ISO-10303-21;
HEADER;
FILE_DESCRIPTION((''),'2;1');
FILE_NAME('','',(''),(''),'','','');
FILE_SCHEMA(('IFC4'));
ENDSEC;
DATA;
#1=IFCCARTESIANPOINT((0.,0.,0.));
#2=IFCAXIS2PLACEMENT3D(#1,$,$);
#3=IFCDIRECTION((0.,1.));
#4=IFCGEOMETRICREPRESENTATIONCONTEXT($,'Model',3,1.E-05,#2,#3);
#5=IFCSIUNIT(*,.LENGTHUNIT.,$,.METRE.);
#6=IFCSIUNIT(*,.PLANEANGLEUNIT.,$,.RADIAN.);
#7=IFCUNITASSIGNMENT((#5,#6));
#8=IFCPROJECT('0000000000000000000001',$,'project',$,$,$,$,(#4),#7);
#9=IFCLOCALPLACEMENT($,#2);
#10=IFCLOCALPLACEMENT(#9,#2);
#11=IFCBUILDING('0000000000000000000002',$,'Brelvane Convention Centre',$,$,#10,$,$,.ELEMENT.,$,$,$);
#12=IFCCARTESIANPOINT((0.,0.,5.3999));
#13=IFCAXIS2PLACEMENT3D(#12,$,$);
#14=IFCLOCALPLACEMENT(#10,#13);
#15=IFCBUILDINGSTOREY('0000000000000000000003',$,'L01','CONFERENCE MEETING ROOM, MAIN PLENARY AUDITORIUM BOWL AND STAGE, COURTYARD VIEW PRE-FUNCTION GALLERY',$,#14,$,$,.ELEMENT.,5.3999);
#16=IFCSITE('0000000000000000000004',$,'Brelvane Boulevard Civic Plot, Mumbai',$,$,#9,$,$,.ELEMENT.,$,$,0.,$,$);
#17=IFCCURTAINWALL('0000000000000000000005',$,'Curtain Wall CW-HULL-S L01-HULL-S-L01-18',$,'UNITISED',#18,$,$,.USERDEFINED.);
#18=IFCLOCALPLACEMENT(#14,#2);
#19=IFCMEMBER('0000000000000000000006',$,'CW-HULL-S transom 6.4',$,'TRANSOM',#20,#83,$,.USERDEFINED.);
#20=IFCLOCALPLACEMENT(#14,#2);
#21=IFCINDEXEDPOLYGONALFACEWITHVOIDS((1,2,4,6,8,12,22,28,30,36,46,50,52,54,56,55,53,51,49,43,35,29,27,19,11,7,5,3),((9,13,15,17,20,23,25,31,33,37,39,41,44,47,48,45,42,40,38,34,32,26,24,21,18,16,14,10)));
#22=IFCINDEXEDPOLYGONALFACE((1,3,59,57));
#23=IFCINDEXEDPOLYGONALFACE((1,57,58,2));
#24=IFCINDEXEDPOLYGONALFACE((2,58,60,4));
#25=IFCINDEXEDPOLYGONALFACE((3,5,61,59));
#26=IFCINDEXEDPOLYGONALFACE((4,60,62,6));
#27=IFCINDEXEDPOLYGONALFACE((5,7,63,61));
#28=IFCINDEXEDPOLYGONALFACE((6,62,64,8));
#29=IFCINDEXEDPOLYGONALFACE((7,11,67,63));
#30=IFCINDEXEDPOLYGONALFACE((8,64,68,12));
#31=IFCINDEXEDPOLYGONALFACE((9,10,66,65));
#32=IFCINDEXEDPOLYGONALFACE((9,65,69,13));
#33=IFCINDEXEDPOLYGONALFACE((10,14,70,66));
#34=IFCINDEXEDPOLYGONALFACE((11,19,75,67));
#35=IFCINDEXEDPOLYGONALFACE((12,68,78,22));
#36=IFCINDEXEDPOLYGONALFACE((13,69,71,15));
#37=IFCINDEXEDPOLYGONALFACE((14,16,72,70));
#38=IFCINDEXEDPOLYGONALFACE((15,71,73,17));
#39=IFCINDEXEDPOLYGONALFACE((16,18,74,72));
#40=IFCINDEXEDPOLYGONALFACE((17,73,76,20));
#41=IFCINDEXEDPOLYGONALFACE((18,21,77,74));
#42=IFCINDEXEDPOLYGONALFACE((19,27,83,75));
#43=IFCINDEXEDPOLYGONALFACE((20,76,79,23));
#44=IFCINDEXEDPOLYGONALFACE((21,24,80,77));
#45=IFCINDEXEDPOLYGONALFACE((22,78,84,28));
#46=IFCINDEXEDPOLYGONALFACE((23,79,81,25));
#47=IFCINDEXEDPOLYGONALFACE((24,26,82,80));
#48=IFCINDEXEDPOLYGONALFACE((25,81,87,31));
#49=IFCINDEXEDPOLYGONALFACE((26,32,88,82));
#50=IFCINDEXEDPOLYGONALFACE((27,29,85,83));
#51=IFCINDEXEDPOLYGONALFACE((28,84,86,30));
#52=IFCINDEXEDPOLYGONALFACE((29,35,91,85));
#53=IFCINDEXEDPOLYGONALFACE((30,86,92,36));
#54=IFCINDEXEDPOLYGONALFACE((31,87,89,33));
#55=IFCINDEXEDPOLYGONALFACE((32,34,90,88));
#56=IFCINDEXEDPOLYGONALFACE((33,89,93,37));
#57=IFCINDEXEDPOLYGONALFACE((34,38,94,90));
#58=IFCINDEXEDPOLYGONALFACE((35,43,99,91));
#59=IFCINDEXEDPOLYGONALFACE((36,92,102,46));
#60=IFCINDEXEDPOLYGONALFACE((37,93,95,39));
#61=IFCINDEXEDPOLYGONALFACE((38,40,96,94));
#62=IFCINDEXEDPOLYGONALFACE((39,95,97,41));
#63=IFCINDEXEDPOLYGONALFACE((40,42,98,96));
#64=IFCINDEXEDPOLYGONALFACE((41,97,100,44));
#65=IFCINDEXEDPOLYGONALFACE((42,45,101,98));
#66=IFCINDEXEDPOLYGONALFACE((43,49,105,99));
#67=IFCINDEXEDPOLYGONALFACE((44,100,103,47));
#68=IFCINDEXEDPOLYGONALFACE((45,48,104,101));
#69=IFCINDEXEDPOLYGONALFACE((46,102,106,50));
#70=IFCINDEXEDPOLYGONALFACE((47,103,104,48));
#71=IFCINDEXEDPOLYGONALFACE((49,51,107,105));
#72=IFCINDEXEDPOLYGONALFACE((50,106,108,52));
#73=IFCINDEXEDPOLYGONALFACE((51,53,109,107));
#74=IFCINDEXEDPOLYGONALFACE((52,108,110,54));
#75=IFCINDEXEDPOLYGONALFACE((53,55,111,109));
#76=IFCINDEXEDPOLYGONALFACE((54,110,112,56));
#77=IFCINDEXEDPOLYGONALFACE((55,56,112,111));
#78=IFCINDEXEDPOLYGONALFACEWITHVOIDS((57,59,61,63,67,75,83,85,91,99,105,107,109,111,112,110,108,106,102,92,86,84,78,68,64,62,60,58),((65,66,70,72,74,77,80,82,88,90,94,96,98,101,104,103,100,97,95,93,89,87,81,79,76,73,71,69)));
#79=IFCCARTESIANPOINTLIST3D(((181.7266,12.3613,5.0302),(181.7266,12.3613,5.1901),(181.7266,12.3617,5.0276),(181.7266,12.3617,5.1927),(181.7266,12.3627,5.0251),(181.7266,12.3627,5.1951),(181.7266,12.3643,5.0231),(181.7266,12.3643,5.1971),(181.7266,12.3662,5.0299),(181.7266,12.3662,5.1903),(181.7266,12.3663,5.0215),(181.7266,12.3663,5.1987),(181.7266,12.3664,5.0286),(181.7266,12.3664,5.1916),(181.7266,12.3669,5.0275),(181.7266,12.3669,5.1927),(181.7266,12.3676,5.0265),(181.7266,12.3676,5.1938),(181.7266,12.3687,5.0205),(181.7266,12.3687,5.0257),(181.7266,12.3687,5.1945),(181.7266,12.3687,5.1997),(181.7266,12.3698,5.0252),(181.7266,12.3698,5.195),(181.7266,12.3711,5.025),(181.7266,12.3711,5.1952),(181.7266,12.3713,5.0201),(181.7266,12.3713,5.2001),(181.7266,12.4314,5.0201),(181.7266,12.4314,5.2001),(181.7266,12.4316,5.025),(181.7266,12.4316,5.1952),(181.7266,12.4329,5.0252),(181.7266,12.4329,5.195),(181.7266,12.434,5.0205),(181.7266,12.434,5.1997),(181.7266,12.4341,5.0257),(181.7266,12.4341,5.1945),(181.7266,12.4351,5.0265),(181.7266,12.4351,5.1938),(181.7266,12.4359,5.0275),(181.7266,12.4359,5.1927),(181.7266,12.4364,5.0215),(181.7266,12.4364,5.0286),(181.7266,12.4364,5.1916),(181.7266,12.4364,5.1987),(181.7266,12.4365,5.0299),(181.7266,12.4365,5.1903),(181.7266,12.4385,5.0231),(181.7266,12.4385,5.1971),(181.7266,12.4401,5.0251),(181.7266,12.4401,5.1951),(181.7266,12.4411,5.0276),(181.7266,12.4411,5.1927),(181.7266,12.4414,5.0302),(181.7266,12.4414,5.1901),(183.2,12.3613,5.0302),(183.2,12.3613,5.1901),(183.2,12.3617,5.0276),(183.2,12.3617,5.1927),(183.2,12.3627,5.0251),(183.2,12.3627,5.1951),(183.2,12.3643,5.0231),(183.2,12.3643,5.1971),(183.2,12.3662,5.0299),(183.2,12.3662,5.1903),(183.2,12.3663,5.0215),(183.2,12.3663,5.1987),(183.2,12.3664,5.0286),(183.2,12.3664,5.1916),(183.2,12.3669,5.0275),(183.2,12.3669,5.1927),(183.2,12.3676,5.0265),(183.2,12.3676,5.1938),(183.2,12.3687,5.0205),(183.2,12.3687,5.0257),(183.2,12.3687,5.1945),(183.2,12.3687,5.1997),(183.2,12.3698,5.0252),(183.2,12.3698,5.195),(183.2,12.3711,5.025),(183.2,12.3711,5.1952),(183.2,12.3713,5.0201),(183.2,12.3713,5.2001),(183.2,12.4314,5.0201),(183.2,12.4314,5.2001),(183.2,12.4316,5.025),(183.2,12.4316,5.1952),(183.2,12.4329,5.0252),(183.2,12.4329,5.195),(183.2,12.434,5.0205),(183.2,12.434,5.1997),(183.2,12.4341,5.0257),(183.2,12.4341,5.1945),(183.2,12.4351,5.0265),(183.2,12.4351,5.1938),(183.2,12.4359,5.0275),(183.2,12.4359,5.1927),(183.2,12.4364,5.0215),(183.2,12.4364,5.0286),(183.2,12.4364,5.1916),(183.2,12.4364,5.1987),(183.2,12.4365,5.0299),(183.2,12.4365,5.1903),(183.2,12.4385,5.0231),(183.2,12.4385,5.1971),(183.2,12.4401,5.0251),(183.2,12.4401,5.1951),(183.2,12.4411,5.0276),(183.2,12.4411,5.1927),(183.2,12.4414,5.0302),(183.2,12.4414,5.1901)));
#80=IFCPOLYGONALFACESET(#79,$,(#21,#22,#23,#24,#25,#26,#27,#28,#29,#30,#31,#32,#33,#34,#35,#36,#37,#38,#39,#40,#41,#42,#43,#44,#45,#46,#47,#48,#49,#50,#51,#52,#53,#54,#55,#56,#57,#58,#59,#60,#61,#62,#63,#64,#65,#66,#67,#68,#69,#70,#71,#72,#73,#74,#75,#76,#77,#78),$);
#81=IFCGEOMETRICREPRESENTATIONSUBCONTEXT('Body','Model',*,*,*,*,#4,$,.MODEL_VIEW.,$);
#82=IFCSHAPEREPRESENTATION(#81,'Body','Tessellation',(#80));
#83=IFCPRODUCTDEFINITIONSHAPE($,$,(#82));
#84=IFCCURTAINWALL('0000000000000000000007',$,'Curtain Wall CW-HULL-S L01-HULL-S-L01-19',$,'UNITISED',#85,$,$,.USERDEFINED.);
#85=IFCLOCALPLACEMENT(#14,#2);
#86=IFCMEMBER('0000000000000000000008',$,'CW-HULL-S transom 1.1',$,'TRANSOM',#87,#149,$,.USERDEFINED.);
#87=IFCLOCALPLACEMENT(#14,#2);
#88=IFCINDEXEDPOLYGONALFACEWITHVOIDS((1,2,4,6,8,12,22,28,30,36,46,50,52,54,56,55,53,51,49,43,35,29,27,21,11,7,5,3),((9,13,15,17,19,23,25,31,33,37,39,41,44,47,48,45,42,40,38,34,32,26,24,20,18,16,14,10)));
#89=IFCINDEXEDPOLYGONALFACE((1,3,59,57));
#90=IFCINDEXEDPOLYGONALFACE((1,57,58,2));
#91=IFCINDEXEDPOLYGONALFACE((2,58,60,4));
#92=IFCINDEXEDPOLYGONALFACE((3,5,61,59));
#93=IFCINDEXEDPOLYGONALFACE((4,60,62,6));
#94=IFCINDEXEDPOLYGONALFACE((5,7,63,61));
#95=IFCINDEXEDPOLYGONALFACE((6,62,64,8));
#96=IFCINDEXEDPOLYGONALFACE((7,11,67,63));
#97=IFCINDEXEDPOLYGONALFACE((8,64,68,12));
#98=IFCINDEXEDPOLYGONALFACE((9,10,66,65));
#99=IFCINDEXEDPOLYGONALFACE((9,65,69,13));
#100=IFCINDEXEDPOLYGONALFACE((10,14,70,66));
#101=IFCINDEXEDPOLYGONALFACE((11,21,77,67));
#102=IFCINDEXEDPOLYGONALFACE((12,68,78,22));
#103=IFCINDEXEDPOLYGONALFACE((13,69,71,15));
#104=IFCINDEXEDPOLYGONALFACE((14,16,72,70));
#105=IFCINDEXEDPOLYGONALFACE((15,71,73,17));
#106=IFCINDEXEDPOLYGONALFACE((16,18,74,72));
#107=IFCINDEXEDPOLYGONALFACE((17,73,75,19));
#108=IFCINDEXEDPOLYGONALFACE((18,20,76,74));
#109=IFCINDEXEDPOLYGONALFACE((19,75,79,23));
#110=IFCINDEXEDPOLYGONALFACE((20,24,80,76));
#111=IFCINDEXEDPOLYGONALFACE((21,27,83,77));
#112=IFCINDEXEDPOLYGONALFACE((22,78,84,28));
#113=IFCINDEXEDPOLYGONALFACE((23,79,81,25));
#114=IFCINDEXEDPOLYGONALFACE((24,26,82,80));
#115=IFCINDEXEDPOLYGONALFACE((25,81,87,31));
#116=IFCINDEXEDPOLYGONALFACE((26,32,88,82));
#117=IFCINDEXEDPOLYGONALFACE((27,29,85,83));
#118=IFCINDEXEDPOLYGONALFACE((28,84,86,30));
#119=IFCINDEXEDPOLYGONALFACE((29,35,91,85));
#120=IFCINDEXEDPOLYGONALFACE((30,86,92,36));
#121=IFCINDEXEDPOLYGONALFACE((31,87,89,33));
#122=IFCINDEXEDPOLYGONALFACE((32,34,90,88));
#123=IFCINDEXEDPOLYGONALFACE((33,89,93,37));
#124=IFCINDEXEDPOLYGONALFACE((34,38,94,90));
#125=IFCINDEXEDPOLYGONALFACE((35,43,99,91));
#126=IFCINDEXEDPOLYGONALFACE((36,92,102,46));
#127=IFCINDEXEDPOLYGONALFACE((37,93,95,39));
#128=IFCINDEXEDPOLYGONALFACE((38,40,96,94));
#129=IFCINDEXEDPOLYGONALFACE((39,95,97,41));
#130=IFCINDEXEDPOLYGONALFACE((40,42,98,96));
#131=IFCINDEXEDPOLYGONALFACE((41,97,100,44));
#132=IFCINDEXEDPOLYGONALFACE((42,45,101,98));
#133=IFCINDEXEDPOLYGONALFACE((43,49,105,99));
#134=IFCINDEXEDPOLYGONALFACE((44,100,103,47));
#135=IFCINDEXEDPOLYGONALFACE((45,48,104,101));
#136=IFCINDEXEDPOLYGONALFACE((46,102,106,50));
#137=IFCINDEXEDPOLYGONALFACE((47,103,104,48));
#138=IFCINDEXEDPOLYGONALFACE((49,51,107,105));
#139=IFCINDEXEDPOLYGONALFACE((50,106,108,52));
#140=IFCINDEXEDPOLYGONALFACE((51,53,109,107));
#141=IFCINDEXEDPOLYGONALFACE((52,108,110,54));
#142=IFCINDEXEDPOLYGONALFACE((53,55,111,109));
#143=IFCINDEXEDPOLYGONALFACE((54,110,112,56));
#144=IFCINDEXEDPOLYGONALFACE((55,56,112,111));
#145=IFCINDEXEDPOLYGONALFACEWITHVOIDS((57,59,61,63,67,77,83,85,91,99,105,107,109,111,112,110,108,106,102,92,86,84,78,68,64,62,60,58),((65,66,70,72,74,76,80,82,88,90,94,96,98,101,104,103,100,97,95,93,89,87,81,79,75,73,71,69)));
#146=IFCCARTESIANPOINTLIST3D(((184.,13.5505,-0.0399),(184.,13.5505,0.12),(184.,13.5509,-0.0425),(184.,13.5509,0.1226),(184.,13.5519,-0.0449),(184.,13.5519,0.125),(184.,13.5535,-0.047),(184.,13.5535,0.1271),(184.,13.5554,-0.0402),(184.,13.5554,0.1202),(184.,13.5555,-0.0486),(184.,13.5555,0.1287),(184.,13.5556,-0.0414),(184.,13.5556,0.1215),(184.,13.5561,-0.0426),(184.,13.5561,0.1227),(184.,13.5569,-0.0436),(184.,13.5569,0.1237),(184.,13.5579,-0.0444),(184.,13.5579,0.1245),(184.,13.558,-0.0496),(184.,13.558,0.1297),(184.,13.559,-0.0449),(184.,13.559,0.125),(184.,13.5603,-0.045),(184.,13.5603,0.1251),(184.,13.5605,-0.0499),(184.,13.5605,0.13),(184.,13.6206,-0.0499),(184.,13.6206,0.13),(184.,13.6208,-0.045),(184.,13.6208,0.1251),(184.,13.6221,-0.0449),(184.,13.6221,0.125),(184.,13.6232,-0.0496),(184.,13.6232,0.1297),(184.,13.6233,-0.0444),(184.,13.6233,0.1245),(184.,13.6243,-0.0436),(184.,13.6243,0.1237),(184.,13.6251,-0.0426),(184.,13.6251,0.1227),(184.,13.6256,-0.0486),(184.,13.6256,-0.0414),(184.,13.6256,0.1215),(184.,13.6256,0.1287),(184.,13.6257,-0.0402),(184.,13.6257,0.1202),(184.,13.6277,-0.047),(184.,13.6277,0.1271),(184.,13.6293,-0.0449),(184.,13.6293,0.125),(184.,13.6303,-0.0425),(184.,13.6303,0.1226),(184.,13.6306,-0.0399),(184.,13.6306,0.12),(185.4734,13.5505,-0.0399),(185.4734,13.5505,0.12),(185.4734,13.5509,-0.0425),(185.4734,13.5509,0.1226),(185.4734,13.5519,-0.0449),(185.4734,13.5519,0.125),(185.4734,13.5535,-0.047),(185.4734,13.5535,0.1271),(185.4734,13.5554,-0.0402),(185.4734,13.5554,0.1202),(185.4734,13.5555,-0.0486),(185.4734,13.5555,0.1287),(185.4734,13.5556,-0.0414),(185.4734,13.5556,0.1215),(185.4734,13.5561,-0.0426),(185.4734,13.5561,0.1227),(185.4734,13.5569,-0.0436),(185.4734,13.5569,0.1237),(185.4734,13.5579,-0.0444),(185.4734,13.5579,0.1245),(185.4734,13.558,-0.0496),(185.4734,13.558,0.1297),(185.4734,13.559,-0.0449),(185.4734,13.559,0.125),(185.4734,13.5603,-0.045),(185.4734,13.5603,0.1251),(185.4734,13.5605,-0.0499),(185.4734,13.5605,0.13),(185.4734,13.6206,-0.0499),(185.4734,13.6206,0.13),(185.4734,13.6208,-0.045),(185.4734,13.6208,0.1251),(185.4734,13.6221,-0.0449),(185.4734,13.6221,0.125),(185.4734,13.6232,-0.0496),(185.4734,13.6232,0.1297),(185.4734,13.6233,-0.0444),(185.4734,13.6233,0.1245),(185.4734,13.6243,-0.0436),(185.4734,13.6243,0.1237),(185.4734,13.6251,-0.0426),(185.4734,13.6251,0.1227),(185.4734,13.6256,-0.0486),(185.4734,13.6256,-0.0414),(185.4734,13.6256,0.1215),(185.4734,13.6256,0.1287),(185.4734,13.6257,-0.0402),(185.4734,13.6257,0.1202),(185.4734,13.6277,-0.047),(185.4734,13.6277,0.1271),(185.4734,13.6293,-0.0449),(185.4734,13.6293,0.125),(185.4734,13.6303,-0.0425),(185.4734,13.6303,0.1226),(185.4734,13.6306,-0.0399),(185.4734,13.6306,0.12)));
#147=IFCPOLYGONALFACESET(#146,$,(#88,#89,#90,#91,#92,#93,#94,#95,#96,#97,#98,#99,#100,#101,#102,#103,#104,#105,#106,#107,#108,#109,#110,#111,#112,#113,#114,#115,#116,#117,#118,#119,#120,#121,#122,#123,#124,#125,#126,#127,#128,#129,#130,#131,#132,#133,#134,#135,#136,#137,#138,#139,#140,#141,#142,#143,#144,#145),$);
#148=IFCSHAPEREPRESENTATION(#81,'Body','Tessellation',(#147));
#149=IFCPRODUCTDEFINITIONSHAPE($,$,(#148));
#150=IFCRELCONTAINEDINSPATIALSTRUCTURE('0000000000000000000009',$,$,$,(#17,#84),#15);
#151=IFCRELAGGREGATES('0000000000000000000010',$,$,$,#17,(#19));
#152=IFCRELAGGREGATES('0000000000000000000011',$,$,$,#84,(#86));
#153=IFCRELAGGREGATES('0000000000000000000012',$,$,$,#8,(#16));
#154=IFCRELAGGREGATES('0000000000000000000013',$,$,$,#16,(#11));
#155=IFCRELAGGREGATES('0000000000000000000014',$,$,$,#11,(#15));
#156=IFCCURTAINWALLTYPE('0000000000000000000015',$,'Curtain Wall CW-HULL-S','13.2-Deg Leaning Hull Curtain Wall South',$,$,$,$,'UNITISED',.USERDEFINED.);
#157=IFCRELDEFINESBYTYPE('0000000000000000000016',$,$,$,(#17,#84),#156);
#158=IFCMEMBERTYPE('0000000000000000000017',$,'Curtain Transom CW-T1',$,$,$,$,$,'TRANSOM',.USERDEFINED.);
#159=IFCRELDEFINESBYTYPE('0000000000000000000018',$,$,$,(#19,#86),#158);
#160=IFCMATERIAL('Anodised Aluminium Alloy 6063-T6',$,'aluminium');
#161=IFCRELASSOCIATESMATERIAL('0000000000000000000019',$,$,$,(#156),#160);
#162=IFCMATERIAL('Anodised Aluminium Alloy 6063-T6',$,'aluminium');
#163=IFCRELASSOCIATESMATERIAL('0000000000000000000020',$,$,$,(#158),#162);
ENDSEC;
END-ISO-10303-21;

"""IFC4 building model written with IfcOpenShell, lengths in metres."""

from ifc_helpers import new_model, si_unit, direction, frame, origin, origin_2d, place, context, subcontext, project, spatial, hollow_rectangle, extrude, material, material_profile, profile_set, type_object, element, aggregate, save


model = new_model("IFC4")

# Units and contexts
model_context = context("Model", 3, precision=1e-05, world=origin(), true_north=direction((0.0, 1.0)))
body_context = subcontext(model_context, "Body", "Model", "MODEL_VIEW")
ifc_project = project(units=[si_unit("LENGTHUNIT", "METRE"), si_unit("PLANEANGLEUNIT", "RADIAN")], contexts=[model_context])

# Site, building, storey
site_placement = place(None, origin())
site = spatial("IfcSite", under=ifc_project, at=site_placement, Name="Brelvane Boulevard Civic Plot, Mumbai", CompositionType="ELEMENT", RefElevation=0.0)
building_placement = place(site_placement, origin())
building = spatial("IfcBuilding", under=site, at=building_placement, Name="Brelvane Convention Centre", CompositionType="ELEMENT")
storey_placement = place(building_placement, frame((0.0, 0.0, 5.3999)))
storey = spatial("IfcBuildingStorey", under=building, at=storey_placement, Name="L01", Description="CONFERENCE MEETING ROOM, MAIN PLENARY AUDITORIUM BOWL AND STAGE, COURTYARD VIEW PRE-FUNCTION GALLERY", CompositionType="ELEMENT", Elevation=5.3999)

# Curtain walls, members
ifc_material_1 = material(Name="Anodised Aluminium Alloy 6063-T6", Category="aluminium")
curtain_wall_type = type_object("IfcCurtainWallType", Name="Curtain Wall CW-HULL-S", Description="13.2-Deg Leaning Hull Curtain Wall South", ElementType="UNITISED", PredefinedType="USERDEFINED", material=ifc_material_1)
curtain_wall_1_placement = place(storey_placement, origin())
curtain_wall_1 = element("IfcCurtainWall", 1, at=curtain_wall_1_placement, inside=storey, type_object=curtain_wall_type, Name="Curtain Wall CW-HULL-S L01-HULL-S-L01-18", ObjectType="UNITISED", PredefinedType="USERDEFINED")
ifc_material_2 = material(Name="Anodised Aluminium Alloy 6063-T6", Category="aluminium")
ifc_material_profile = material_profile(ifc_material_2, hollow_rectangle(XDim=0.0801, YDim=0.1799, WallThickness=0.0049, InnerFilletRadius=0.0049, OuterFilletRadius=0.01, at=origin_2d()), Name="ALU-T 180x80x5.0")
ifc_profile_set = profile_set([ifc_material_profile], Name="Anodised Aluminium Alloy 6063-T6")
member_type = type_object("IfcMemberType", Name="Curtain Transom CW-T1", ElementType="TRANSOM", PredefinedType="USERDEFINED", material=ifc_profile_set)
member_1_placement = place(storey_placement, frame((181.7266, 12.4014, 5.1101), z_axis=(1.0, 0.0, 0.0), x_axis=(0.0, 1.0, 0.0)))
member_1 = element("IfcMember", 2, at=member_1_placement, type_object=member_type, Name="CW-HULL-S transom 6.4", ObjectType="TRANSOM", PredefinedType="USERDEFINED", context=body_context, shape_type="SweptSolid", body=[
    extrude(hollow_rectangle(XDim=0.0801, YDim=0.1799, WallThickness=0.0049, InnerFilletRadius=0.0049, OuterFilletRadius=0.01, at=origin_2d()), origin(), (0.0, 0.0, 1.0), 1.4734),
])
curtain_wall_2_placement = place(storey_placement, origin())
curtain_wall_2 = element("IfcCurtainWall", 3, at=curtain_wall_2_placement, inside=storey, type_object=curtain_wall_type, Name="Curtain Wall CW-HULL-S L01-HULL-S-L01-19", ObjectType="UNITISED", PredefinedType="USERDEFINED")
member_2_placement = place(storey_placement, frame((184.0, 13.5906, 0.04), z_axis=(1.0, 0.0, 0.0), x_axis=(0.0, 1.0, 0.0)))
member_2 = element("IfcMember", 4, at=member_2_placement, type_object=member_type, Name="CW-HULL-S transom 1.1", ObjectType="TRANSOM", PredefinedType="USERDEFINED", context=body_context, shape_type="SweptSolid", body=[
    extrude(hollow_rectangle(XDim=0.0801, YDim=0.1799, WallThickness=0.0049, InnerFilletRadius=0.0049, OuterFilletRadius=0.01, at=origin_2d()), origin(), (0.0, 0.0, 1.0), 1.4734),
])

aggregate(curtain_wall_1, [member_1])
aggregate(curtain_wall_2, [member_2])

save(model, "model.ifc")
